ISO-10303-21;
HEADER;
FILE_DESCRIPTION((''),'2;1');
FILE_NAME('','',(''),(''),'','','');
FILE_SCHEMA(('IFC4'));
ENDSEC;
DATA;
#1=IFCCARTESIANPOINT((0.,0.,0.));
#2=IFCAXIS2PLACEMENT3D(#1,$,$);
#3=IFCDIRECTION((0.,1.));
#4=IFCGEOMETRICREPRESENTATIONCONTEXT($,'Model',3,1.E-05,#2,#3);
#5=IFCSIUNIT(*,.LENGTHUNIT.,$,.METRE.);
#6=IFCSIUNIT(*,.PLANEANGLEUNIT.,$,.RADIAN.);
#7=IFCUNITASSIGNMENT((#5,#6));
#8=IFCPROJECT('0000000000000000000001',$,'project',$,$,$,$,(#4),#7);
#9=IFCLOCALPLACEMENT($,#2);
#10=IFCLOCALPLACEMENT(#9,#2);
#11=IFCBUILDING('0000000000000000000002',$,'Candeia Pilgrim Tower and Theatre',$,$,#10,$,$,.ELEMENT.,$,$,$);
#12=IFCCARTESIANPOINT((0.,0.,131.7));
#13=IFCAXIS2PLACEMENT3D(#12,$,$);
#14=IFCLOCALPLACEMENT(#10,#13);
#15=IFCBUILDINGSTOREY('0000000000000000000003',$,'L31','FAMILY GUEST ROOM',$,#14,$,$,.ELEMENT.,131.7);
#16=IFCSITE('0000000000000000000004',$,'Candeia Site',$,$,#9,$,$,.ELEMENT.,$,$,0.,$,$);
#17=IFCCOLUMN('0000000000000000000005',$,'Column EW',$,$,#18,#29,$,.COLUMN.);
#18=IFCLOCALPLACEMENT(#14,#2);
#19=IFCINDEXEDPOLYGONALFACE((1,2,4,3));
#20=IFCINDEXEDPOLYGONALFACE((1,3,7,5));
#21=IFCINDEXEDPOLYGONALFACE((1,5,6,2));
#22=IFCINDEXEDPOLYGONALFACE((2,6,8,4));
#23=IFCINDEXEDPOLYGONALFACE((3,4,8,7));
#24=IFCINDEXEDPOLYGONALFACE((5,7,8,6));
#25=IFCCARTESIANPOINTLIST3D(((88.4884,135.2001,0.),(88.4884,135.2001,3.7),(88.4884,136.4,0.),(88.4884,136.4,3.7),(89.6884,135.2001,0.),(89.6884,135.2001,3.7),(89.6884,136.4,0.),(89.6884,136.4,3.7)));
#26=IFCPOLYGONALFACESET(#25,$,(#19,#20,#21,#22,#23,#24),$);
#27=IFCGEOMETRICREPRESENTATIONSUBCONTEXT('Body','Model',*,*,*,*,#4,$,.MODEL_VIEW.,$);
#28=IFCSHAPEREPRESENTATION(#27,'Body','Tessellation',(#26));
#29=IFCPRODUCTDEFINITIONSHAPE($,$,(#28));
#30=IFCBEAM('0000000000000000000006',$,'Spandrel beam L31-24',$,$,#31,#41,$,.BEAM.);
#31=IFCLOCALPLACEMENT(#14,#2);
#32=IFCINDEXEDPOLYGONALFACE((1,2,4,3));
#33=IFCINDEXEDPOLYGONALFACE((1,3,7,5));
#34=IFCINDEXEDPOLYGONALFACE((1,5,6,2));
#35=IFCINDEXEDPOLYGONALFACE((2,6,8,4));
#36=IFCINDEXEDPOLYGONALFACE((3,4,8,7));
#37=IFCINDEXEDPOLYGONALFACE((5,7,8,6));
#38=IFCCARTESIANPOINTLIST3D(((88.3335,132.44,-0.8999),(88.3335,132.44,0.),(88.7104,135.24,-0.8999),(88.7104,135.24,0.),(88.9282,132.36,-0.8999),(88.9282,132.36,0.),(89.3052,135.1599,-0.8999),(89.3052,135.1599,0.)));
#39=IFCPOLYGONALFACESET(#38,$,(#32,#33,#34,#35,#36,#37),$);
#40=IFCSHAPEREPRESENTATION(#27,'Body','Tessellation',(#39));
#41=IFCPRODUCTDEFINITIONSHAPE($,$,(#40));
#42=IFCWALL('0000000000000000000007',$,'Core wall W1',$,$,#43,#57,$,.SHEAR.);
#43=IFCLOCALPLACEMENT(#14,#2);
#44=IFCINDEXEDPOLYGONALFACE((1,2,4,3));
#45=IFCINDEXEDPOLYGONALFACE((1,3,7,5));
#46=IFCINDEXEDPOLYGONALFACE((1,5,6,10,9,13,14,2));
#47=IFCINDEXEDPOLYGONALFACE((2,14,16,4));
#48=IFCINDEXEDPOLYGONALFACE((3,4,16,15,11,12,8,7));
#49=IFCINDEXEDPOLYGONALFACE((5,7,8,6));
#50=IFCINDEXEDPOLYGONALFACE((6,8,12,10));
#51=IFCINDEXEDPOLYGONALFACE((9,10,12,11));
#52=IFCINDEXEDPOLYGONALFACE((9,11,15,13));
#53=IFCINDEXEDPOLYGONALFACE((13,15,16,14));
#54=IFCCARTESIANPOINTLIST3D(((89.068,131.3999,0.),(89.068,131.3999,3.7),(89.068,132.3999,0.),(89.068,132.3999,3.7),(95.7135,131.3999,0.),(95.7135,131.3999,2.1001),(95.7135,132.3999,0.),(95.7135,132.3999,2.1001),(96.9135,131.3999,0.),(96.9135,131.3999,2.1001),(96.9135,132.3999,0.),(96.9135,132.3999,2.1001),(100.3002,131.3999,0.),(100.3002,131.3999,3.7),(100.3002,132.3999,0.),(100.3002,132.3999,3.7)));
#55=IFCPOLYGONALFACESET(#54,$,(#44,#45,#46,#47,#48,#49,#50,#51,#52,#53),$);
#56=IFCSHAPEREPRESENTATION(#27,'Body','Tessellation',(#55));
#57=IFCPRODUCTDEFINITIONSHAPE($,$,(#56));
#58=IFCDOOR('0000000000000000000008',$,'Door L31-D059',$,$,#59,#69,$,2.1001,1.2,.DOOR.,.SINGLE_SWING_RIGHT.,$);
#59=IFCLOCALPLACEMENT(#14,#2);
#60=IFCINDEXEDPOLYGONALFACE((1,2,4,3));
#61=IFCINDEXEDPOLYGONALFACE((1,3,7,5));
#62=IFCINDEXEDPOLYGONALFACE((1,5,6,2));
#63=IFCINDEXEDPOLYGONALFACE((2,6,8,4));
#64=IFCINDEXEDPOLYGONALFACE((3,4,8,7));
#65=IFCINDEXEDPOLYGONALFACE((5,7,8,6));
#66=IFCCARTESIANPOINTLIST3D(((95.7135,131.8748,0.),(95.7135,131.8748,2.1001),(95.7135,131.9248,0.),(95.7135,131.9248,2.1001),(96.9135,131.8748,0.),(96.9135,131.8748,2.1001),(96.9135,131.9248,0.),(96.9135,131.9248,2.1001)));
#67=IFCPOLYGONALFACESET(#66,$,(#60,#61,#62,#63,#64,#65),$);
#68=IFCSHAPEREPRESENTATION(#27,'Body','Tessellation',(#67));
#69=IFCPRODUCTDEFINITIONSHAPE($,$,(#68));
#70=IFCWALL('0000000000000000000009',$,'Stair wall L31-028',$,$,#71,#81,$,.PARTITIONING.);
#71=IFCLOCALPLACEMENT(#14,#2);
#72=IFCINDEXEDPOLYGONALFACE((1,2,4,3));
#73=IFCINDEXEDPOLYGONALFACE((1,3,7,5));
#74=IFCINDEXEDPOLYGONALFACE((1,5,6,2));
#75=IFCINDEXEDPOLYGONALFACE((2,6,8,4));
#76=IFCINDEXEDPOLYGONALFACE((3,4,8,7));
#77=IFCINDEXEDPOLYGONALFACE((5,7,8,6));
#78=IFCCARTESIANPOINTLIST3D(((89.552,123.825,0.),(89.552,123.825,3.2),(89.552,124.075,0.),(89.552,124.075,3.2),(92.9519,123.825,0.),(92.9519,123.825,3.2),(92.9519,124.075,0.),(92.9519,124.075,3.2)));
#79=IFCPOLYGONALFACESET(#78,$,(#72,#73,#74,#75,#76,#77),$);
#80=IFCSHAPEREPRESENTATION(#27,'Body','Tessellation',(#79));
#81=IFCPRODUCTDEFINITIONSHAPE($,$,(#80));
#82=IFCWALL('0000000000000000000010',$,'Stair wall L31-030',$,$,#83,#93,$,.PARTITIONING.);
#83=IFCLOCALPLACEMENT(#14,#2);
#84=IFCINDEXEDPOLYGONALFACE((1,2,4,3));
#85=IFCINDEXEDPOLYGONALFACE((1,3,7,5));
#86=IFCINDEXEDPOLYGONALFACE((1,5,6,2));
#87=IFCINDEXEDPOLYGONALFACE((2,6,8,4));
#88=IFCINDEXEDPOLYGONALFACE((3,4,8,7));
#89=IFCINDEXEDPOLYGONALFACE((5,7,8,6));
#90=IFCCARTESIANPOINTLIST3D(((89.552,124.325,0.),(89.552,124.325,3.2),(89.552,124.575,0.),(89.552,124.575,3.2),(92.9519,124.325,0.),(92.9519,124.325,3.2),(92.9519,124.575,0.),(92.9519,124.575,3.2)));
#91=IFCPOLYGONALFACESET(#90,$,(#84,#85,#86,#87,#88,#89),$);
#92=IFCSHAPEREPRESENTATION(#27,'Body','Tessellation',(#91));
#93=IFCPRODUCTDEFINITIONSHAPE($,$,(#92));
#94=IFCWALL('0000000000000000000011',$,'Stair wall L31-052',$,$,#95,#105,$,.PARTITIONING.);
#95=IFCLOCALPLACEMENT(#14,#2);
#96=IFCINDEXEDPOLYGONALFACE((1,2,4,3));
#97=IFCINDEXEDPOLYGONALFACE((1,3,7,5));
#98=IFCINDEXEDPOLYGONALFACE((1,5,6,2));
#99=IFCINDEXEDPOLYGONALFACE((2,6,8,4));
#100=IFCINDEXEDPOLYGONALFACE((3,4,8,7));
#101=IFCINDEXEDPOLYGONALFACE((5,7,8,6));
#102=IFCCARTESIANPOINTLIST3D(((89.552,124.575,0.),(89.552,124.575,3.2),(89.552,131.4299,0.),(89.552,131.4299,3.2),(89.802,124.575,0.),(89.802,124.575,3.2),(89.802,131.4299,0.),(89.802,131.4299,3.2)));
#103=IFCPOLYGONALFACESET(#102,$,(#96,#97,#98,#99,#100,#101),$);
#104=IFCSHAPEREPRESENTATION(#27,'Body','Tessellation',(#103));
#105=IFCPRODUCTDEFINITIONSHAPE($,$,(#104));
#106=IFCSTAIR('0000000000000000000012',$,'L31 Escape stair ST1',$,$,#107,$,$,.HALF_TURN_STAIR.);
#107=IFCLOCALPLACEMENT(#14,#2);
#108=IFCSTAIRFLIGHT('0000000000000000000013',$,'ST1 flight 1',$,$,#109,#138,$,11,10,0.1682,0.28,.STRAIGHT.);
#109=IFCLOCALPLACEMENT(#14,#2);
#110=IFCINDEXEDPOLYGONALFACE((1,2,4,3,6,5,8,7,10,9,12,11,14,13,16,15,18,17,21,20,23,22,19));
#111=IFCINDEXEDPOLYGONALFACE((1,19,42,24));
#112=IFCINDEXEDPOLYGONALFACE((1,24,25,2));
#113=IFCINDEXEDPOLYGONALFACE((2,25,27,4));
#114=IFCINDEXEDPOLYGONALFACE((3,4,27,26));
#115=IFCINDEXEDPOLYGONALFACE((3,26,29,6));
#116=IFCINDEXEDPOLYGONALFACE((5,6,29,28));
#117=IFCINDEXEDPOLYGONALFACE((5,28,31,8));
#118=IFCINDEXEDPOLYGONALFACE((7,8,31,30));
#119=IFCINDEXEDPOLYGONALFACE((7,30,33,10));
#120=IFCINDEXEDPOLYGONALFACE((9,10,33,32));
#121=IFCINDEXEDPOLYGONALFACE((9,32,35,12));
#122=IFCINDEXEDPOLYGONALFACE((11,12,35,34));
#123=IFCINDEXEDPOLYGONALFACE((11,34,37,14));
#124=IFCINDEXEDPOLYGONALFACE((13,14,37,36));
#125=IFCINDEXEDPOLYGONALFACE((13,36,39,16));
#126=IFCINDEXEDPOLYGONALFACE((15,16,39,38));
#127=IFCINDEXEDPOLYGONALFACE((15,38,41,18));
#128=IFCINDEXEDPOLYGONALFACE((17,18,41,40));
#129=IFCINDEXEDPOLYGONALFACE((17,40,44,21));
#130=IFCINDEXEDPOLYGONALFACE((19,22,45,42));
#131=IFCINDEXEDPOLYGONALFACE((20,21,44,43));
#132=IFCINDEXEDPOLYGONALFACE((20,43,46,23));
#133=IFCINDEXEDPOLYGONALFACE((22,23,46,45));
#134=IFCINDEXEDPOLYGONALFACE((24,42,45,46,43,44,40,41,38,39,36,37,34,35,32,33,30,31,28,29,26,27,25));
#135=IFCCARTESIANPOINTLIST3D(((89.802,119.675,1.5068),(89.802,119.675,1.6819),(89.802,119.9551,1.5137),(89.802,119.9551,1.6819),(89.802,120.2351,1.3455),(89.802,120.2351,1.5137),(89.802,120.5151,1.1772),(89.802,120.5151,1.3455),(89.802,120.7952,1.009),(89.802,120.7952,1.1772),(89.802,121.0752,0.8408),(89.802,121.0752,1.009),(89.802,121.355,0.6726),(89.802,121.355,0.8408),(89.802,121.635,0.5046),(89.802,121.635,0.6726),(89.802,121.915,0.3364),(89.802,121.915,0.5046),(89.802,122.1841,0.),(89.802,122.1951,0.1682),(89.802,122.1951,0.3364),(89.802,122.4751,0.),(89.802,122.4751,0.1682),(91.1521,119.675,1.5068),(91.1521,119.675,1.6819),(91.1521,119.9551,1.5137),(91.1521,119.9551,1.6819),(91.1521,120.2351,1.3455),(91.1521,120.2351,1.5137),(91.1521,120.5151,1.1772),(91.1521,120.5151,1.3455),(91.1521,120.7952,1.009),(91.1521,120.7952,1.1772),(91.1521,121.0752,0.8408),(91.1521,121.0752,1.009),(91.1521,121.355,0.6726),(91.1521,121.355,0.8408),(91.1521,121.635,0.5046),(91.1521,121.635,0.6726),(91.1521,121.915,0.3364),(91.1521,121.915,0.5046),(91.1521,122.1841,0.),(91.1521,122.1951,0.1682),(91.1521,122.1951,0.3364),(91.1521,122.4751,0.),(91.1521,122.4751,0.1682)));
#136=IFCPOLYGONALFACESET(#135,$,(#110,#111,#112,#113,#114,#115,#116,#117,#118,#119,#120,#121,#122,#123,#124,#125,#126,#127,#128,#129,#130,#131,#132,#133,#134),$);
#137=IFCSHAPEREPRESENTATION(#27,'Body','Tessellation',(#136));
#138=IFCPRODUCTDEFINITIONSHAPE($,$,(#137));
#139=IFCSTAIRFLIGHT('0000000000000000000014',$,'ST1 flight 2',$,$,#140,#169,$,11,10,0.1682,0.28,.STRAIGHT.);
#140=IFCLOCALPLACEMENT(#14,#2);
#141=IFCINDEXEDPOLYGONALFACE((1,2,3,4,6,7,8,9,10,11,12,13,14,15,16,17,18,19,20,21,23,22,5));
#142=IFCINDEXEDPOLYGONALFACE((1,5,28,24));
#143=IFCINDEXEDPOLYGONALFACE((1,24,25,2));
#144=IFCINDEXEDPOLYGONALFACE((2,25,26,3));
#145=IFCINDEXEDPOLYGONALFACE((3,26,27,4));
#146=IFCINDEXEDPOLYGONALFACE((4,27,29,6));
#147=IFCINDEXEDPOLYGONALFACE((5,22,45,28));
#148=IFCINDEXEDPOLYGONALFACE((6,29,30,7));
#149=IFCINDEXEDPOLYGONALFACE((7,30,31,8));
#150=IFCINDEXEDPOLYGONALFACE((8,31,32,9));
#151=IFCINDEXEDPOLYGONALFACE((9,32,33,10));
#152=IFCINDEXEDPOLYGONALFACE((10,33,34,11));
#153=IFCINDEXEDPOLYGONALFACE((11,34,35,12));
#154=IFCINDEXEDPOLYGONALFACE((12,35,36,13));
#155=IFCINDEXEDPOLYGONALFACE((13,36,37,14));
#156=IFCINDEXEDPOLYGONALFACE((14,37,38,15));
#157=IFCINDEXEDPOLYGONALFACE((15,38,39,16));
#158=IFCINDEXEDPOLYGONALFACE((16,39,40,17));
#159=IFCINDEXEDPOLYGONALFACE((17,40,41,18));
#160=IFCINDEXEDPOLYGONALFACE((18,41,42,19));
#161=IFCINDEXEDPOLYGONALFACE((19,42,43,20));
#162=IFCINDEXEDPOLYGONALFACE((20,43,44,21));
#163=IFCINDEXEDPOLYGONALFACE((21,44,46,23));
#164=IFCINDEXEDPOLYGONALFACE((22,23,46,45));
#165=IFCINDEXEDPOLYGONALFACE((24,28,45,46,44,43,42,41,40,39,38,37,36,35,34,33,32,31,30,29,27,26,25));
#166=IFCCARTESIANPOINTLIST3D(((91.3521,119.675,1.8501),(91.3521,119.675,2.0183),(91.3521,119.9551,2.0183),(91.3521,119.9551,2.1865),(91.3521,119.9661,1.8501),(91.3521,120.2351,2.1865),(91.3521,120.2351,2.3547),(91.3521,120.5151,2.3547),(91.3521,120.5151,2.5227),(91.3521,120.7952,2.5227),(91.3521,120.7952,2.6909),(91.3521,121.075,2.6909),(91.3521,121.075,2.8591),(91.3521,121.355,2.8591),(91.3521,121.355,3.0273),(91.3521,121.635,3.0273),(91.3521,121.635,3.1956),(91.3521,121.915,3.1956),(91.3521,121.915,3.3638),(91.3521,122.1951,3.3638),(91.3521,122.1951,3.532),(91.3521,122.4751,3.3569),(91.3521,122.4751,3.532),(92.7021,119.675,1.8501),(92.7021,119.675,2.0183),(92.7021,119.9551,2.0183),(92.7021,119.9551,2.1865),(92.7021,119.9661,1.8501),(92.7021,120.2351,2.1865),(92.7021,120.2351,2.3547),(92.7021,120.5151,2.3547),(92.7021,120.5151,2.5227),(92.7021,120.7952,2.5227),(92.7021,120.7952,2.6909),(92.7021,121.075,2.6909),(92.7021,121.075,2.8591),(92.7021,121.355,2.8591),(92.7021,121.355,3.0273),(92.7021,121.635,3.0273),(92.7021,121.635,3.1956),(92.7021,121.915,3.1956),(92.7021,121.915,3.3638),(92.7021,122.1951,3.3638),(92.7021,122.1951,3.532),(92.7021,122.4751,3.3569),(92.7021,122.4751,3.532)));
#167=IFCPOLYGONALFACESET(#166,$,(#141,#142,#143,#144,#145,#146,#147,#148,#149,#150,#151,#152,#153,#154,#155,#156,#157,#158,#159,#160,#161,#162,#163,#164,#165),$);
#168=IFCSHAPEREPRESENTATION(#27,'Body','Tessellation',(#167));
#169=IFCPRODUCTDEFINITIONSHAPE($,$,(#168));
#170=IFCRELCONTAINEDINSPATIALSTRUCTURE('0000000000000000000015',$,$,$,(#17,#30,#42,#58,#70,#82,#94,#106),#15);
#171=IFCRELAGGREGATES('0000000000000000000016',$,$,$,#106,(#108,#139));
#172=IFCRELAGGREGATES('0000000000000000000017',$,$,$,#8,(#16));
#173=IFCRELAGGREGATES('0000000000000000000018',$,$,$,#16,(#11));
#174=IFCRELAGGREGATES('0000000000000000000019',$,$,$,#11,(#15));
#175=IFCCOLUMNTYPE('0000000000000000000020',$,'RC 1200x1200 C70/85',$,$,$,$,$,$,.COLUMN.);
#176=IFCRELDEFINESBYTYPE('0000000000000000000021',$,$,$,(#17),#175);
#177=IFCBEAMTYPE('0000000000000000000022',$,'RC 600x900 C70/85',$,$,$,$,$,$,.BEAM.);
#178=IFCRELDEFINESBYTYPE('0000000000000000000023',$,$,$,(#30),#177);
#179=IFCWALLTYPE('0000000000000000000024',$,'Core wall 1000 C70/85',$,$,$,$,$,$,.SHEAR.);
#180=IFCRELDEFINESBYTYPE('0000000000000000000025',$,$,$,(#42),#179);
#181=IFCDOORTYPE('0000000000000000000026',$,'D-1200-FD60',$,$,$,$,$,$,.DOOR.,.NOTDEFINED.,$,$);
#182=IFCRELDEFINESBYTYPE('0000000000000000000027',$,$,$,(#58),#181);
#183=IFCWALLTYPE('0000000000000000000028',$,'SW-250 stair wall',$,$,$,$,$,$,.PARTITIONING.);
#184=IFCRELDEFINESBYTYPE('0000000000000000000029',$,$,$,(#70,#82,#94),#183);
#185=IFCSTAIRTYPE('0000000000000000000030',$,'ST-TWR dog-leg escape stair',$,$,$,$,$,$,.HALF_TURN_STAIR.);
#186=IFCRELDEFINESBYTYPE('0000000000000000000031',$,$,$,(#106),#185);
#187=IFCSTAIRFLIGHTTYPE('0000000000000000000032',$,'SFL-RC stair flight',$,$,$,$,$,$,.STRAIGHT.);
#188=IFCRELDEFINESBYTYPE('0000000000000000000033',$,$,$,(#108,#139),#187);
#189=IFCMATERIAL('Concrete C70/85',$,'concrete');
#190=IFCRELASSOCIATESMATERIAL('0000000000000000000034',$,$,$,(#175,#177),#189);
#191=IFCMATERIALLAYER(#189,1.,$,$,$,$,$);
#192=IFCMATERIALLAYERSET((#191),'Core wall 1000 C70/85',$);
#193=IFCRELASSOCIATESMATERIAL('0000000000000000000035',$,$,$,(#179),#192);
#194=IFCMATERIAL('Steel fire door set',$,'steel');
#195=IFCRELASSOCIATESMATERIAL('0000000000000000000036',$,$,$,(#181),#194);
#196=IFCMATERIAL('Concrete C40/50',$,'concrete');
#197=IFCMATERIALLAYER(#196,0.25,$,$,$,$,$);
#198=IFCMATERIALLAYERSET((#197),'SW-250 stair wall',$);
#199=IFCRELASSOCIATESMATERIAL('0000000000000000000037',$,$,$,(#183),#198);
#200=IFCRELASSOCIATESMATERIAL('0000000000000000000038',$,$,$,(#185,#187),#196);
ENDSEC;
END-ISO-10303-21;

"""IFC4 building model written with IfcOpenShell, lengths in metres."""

from ifc_helpers import new_model, si_unit, direction, frame, frame_2d, origin, origin_2d, place, context, subcontext, project, spatial, polyline, rectangle, outline, extrude, material, layer, layer_set, material_profile, profile_set, type_object, element, fill, aggregate, save


model = new_model("IFC4")

# Units and contexts
model_context = context("Model", 3, precision=1e-05, world=origin(), true_north=direction((0.0, 1.0)))
body_context = subcontext(model_context, "Body", "Model", "MODEL_VIEW")
ifc_project = project(units=[si_unit("LENGTHUNIT", "METRE"), si_unit("PLANEANGLEUNIT", "RADIAN")], contexts=[model_context])

# Site, building, storey
site_placement = place(None, origin())
site = spatial("IfcSite", under=ifc_project, at=site_placement, Name="Candeia Site", CompositionType="ELEMENT", RefElevation=0.0)
building_placement = place(site_placement, origin())
building = spatial("IfcBuilding", under=site, at=building_placement, Name="Candeia Pilgrim Tower and Theatre", CompositionType="ELEMENT")
storey_placement = place(building_placement, frame((0.0, 0.0, 131.7)))
storey = spatial("IfcBuildingStorey", under=building, at=storey_placement, Name="L31", Description="FAMILY GUEST ROOM", CompositionType="ELEMENT", Elevation=131.7)

# Column
ifc_material_1 = material(Name="Concrete C70/85", Category="concrete")
ifc_material_profile_1 = material_profile(ifc_material_1, rectangle(XDim=1.2, YDim=1.2, at=origin_2d()))
ifc_profile_set_1 = profile_set([ifc_material_profile_1], Name="Concrete C70/85")
column_type = type_object("IfcColumnType", Name="RC 1200x1200 C70/85", PredefinedType="COLUMN", material=ifc_profile_set_1)
column_placement = place(storey_placement, frame((89.0884, 135.8, 0.0), z_axis=(0.0, 0.0, 1.0), x_axis=(1.0, 0.0, 0.0)))
element("IfcColumn", 1, at=column_placement, inside=storey, type_object=column_type, Name="Column EW", PredefinedType="COLUMN", context=body_context, shape_type="SweptSolid", body=[
    extrude(rectangle(XDim=1.2, YDim=1.2, at=origin_2d()), origin(), (0.0, 0.0, 1.0), 3.7),
])

# Beam
ifc_material_profile_2 = material_profile(ifc_material_1, rectangle(XDim=0.6001, YDim=0.8999, at=origin_2d()))
ifc_profile_set_2 = profile_set([ifc_material_profile_2], Name="Concrete C70/85")
beam_type = type_object("IfcBeamType", Name="RC 600x900 C70/85", PredefinedType="BEAM", material=ifc_profile_set_2)
beam_placement = place(storey_placement, frame((89.0078, 135.2, -0.45), z_axis=(-0.13342, -0.99106, 0.0), x_axis=(0.99106, -0.13342, 0.0)))
element("IfcBeam", 2, at=beam_placement, inside=storey, type_object=beam_type, Name="Spandrel beam L31-24", PredefinedType="BEAM", context=body_context, shape_type="SweptSolid", body=[
    extrude(rectangle(XDim=0.6001, YDim=0.8999, at=origin_2d()), origin(), (0.0, 0.0, 1.0), 2.8252),
])

# Wall, opening, door
ifc_layer_1 = layer(ifc_material_1, 1.0)
ifc_layer_set_1 = layer_set([ifc_layer_1], Name="Core wall 1000 C70/85")
wall_type_1 = type_object("IfcWallType", Name="Core wall 1000 C70/85", PredefinedType="SHEAR", material=ifc_layer_set_1)
wall_1_placement = place(storey_placement, frame((89.0679, 131.8999, 0.0), z_axis=(0.0, 0.0, 1.0), x_axis=(1.0, 0.0, 0.0)))
wall_1 = element("IfcWall", 3, at=wall_1_placement, inside=storey, type_object=wall_type_1, Name="Core wall W1", PredefinedType="SHEAR", context=body_context, shape_type="SweptSolid", body=[
    extrude(rectangle(XDim=11.2322, YDim=1.0, at=frame_2d((5.6162, 0.0))), origin(), (0.0, 0.0, 1.0), 3.7),
])
opening_placement = place(wall_1_placement, frame((6.6455, 0.0, 0.0)))
opening = element("IfcOpeningElement", 4, at=opening_placement, cuts=wall_1, PredefinedType="OPENING", context=body_context, shape_type="SweptSolid", body=[
    extrude(rectangle(XDim=1.2, YDim=2.1001, at=frame_2d((0.6001, 1.05))), frame((0.0, 0.51, 0.0), z_axis=(0.0, -1.0, 0.0), x_axis=(1.0, 0.0, 0.0)), (0.0, 0.0, 1.0), 1.02),
])
ifc_material_2 = material(Name="Steel fire door set", Category="steel")
door_type = type_object("IfcDoorType", Name="D-1200-FD60", OperationType="NOTDEFINED", PredefinedType="DOOR", material=ifc_material_2)
door_placement = place(opening_placement, origin())
door = element("IfcDoor", 5, at=door_placement, inside=storey, type_object=door_type, Name="Door L31-D059", OperationType="SINGLE_SWING_RIGHT", OverallHeight=2.1001, OverallWidth=1.2, PredefinedType="DOOR", context=body_context, shape_type="SweptSolid", body=[
    extrude(rectangle(XDim=1.2, YDim=2.1001, at=frame_2d((0.6001, 1.05))), frame((0.0, 0.0249, 0.0), z_axis=(0.0, -1.0, 0.0), x_axis=(1.0, 0.0, 0.0)), (0.0, 0.0, 1.0), 0.05),
])
fill(opening, door)

# Walls
ifc_material_3 = material(Name="Concrete C40/50", Category="concrete")
ifc_layer_2 = layer(ifc_material_3, 0.25)
ifc_layer_set_2 = layer_set([ifc_layer_2], Name="SW-250 stair wall")
wall_type_2 = type_object("IfcWallType", Name="SW-250 stair wall", PredefinedType="PARTITIONING", material=ifc_layer_set_2)
for number, where, z_axis, x_axis, name in (
    (6, (89.552, 123.95, 0.0), (0.0, 0.0, 1.0), (1.0, 0.0, 0.0), "Stair wall L31-028"),
    (7, (89.552, 124.45, 0.0), (0.0, 0.0, 1.0), (1.0, 0.0, 0.0), "Stair wall L31-030"),
):
    element("IfcWall", number, at=place(storey_placement, frame(where, z_axis=z_axis, x_axis=x_axis)), inside=storey, type_object=wall_type_2, Name=name, PredefinedType="PARTITIONING", context=body_context, shape_type="SweptSolid", body=[
        extrude(rectangle(XDim=3.3999, YDim=0.25, at=frame_2d((1.7, 0.0))), origin(), (0.0, 0.0, 1.0), 3.2),
    ])
wall_2_placement = place(storey_placement, frame((89.677, 124.575, 0.0), z_axis=(0.0, 0.0, 1.0), x_axis=(0.0, 1.0, 0.0)))
element("IfcWall", 8, at=wall_2_placement, inside=storey, type_object=wall_type_2, Name="Stair wall L31-052", PredefinedType="PARTITIONING", context=body_context, shape_type="SweptSolid", body=[
    extrude(rectangle(XDim=6.855, YDim=0.25, at=frame_2d((3.4275, 0.0))), origin(), (0.0, 0.0, 1.0), 3.2),
])

# Stair, stair flights
stair_type = type_object("IfcStairType", Name="ST-TWR dog-leg escape stair", PredefinedType="HALF_TURN_STAIR", material=ifc_material_3)
stair_1_placement = place(storey_placement, origin())
stair_1 = element("IfcStair", 9, at=stair_1_placement, inside=storey, type_object=stair_type, Name="L31 Escape stair ST1", PredefinedType="HALF_TURN_STAIR")
stair_flight_type = type_object("IfcStairFlightType", Name="SFL-RC stair flight", PredefinedType="STRAIGHT", material=ifc_material_3)
stair_flight_1_placement = place(storey_placement, frame((90.4771, 122.4751, 0.0), z_axis=(0.0, 0.0, 1.0), x_axis=(0.0, -1.0, 0.0)))
stair_flight_1 = element("IfcStairFlight", 10, at=stair_flight_1_placement, type_object=stair_flight_type, Name="ST1 flight 1", NumberOfRisers=11, NumberOfTreads=10, PredefinedType="STRAIGHT", RiserHeight=0.1682, TreadLength=0.28, context=body_context, shape_type="SweptSolid", body=[
    extrude(outline(polyline([(0.0, 0.0), (0.0, 0.1682), (0.28, 0.1682), (0.28, 0.3364), (0.5601, 0.3364), (0.5601, 0.5046), (0.8401, 0.5046), (0.8401, 0.6726), (1.1201, 0.6726), (1.1201, 0.8408), (1.3999, 0.8408), (1.3999, 1.009), (1.6799, 1.009), (1.6799, 1.1772), (1.96, 1.1772), (1.96, 1.3455), (2.24, 1.3455), (2.24, 1.5137), (2.52, 1.5137), (2.52, 1.6819), (2.8, 1.6819), (2.8, 1.8501), (2.8, 1.5068), (0.291, 0.0), (0.0, 0.0)])), frame((0.0, 0.675, 0.0), z_axis=(0.0, -1.0, 0.0), x_axis=(1.0, 0.0, 0.0)), (0.0, 0.0, 1.0), 1.3501),
])
stair_flight_2_placement = place(storey_placement, frame((92.0271, 119.675, 1.8501), z_axis=(0.0, 0.0, 1.0), x_axis=(0.0, 1.0, 0.0)))
stair_flight_2 = element("IfcStairFlight", 11, at=stair_flight_2_placement, type_object=stair_flight_type, Name="ST1 flight 2", NumberOfRisers=11, NumberOfTreads=10, PredefinedType="STRAIGHT", RiserHeight=0.1682, TreadLength=0.28, context=body_context, shape_type="SweptSolid", body=[
    extrude(outline(polyline([(0.0, 0.0), (0.0, 0.1682), (0.28, 0.1682), (0.28, 0.3364), (0.5601, 0.3364), (0.5601, 0.5046), (0.8401, 0.5046), (0.8401, 0.6726), (1.1201, 0.6726), (1.1201, 0.8408), (1.3999, 0.8408), (1.3999, 1.009), (1.6799, 1.009), (1.6799, 1.1772), (1.96, 1.1772), (1.96, 1.3455), (2.24, 1.3455), (2.24, 1.5137), (2.52, 1.5137), (2.52, 1.6819), (2.8, 1.6819), (2.8, 1.8501), (2.8, 1.5068), (0.291, 0.0), (0.0, 0.0)])), frame((0.0, 0.675, 0.0), z_axis=(0.0, -1.0, 0.0), x_axis=(1.0, 0.0, 0.0)), (0.0, 0.0, 1.0), 1.3501),
])
aggregate(stair_1, [stair_flight_1, stair_flight_2])

save(model, "model.ifc")
